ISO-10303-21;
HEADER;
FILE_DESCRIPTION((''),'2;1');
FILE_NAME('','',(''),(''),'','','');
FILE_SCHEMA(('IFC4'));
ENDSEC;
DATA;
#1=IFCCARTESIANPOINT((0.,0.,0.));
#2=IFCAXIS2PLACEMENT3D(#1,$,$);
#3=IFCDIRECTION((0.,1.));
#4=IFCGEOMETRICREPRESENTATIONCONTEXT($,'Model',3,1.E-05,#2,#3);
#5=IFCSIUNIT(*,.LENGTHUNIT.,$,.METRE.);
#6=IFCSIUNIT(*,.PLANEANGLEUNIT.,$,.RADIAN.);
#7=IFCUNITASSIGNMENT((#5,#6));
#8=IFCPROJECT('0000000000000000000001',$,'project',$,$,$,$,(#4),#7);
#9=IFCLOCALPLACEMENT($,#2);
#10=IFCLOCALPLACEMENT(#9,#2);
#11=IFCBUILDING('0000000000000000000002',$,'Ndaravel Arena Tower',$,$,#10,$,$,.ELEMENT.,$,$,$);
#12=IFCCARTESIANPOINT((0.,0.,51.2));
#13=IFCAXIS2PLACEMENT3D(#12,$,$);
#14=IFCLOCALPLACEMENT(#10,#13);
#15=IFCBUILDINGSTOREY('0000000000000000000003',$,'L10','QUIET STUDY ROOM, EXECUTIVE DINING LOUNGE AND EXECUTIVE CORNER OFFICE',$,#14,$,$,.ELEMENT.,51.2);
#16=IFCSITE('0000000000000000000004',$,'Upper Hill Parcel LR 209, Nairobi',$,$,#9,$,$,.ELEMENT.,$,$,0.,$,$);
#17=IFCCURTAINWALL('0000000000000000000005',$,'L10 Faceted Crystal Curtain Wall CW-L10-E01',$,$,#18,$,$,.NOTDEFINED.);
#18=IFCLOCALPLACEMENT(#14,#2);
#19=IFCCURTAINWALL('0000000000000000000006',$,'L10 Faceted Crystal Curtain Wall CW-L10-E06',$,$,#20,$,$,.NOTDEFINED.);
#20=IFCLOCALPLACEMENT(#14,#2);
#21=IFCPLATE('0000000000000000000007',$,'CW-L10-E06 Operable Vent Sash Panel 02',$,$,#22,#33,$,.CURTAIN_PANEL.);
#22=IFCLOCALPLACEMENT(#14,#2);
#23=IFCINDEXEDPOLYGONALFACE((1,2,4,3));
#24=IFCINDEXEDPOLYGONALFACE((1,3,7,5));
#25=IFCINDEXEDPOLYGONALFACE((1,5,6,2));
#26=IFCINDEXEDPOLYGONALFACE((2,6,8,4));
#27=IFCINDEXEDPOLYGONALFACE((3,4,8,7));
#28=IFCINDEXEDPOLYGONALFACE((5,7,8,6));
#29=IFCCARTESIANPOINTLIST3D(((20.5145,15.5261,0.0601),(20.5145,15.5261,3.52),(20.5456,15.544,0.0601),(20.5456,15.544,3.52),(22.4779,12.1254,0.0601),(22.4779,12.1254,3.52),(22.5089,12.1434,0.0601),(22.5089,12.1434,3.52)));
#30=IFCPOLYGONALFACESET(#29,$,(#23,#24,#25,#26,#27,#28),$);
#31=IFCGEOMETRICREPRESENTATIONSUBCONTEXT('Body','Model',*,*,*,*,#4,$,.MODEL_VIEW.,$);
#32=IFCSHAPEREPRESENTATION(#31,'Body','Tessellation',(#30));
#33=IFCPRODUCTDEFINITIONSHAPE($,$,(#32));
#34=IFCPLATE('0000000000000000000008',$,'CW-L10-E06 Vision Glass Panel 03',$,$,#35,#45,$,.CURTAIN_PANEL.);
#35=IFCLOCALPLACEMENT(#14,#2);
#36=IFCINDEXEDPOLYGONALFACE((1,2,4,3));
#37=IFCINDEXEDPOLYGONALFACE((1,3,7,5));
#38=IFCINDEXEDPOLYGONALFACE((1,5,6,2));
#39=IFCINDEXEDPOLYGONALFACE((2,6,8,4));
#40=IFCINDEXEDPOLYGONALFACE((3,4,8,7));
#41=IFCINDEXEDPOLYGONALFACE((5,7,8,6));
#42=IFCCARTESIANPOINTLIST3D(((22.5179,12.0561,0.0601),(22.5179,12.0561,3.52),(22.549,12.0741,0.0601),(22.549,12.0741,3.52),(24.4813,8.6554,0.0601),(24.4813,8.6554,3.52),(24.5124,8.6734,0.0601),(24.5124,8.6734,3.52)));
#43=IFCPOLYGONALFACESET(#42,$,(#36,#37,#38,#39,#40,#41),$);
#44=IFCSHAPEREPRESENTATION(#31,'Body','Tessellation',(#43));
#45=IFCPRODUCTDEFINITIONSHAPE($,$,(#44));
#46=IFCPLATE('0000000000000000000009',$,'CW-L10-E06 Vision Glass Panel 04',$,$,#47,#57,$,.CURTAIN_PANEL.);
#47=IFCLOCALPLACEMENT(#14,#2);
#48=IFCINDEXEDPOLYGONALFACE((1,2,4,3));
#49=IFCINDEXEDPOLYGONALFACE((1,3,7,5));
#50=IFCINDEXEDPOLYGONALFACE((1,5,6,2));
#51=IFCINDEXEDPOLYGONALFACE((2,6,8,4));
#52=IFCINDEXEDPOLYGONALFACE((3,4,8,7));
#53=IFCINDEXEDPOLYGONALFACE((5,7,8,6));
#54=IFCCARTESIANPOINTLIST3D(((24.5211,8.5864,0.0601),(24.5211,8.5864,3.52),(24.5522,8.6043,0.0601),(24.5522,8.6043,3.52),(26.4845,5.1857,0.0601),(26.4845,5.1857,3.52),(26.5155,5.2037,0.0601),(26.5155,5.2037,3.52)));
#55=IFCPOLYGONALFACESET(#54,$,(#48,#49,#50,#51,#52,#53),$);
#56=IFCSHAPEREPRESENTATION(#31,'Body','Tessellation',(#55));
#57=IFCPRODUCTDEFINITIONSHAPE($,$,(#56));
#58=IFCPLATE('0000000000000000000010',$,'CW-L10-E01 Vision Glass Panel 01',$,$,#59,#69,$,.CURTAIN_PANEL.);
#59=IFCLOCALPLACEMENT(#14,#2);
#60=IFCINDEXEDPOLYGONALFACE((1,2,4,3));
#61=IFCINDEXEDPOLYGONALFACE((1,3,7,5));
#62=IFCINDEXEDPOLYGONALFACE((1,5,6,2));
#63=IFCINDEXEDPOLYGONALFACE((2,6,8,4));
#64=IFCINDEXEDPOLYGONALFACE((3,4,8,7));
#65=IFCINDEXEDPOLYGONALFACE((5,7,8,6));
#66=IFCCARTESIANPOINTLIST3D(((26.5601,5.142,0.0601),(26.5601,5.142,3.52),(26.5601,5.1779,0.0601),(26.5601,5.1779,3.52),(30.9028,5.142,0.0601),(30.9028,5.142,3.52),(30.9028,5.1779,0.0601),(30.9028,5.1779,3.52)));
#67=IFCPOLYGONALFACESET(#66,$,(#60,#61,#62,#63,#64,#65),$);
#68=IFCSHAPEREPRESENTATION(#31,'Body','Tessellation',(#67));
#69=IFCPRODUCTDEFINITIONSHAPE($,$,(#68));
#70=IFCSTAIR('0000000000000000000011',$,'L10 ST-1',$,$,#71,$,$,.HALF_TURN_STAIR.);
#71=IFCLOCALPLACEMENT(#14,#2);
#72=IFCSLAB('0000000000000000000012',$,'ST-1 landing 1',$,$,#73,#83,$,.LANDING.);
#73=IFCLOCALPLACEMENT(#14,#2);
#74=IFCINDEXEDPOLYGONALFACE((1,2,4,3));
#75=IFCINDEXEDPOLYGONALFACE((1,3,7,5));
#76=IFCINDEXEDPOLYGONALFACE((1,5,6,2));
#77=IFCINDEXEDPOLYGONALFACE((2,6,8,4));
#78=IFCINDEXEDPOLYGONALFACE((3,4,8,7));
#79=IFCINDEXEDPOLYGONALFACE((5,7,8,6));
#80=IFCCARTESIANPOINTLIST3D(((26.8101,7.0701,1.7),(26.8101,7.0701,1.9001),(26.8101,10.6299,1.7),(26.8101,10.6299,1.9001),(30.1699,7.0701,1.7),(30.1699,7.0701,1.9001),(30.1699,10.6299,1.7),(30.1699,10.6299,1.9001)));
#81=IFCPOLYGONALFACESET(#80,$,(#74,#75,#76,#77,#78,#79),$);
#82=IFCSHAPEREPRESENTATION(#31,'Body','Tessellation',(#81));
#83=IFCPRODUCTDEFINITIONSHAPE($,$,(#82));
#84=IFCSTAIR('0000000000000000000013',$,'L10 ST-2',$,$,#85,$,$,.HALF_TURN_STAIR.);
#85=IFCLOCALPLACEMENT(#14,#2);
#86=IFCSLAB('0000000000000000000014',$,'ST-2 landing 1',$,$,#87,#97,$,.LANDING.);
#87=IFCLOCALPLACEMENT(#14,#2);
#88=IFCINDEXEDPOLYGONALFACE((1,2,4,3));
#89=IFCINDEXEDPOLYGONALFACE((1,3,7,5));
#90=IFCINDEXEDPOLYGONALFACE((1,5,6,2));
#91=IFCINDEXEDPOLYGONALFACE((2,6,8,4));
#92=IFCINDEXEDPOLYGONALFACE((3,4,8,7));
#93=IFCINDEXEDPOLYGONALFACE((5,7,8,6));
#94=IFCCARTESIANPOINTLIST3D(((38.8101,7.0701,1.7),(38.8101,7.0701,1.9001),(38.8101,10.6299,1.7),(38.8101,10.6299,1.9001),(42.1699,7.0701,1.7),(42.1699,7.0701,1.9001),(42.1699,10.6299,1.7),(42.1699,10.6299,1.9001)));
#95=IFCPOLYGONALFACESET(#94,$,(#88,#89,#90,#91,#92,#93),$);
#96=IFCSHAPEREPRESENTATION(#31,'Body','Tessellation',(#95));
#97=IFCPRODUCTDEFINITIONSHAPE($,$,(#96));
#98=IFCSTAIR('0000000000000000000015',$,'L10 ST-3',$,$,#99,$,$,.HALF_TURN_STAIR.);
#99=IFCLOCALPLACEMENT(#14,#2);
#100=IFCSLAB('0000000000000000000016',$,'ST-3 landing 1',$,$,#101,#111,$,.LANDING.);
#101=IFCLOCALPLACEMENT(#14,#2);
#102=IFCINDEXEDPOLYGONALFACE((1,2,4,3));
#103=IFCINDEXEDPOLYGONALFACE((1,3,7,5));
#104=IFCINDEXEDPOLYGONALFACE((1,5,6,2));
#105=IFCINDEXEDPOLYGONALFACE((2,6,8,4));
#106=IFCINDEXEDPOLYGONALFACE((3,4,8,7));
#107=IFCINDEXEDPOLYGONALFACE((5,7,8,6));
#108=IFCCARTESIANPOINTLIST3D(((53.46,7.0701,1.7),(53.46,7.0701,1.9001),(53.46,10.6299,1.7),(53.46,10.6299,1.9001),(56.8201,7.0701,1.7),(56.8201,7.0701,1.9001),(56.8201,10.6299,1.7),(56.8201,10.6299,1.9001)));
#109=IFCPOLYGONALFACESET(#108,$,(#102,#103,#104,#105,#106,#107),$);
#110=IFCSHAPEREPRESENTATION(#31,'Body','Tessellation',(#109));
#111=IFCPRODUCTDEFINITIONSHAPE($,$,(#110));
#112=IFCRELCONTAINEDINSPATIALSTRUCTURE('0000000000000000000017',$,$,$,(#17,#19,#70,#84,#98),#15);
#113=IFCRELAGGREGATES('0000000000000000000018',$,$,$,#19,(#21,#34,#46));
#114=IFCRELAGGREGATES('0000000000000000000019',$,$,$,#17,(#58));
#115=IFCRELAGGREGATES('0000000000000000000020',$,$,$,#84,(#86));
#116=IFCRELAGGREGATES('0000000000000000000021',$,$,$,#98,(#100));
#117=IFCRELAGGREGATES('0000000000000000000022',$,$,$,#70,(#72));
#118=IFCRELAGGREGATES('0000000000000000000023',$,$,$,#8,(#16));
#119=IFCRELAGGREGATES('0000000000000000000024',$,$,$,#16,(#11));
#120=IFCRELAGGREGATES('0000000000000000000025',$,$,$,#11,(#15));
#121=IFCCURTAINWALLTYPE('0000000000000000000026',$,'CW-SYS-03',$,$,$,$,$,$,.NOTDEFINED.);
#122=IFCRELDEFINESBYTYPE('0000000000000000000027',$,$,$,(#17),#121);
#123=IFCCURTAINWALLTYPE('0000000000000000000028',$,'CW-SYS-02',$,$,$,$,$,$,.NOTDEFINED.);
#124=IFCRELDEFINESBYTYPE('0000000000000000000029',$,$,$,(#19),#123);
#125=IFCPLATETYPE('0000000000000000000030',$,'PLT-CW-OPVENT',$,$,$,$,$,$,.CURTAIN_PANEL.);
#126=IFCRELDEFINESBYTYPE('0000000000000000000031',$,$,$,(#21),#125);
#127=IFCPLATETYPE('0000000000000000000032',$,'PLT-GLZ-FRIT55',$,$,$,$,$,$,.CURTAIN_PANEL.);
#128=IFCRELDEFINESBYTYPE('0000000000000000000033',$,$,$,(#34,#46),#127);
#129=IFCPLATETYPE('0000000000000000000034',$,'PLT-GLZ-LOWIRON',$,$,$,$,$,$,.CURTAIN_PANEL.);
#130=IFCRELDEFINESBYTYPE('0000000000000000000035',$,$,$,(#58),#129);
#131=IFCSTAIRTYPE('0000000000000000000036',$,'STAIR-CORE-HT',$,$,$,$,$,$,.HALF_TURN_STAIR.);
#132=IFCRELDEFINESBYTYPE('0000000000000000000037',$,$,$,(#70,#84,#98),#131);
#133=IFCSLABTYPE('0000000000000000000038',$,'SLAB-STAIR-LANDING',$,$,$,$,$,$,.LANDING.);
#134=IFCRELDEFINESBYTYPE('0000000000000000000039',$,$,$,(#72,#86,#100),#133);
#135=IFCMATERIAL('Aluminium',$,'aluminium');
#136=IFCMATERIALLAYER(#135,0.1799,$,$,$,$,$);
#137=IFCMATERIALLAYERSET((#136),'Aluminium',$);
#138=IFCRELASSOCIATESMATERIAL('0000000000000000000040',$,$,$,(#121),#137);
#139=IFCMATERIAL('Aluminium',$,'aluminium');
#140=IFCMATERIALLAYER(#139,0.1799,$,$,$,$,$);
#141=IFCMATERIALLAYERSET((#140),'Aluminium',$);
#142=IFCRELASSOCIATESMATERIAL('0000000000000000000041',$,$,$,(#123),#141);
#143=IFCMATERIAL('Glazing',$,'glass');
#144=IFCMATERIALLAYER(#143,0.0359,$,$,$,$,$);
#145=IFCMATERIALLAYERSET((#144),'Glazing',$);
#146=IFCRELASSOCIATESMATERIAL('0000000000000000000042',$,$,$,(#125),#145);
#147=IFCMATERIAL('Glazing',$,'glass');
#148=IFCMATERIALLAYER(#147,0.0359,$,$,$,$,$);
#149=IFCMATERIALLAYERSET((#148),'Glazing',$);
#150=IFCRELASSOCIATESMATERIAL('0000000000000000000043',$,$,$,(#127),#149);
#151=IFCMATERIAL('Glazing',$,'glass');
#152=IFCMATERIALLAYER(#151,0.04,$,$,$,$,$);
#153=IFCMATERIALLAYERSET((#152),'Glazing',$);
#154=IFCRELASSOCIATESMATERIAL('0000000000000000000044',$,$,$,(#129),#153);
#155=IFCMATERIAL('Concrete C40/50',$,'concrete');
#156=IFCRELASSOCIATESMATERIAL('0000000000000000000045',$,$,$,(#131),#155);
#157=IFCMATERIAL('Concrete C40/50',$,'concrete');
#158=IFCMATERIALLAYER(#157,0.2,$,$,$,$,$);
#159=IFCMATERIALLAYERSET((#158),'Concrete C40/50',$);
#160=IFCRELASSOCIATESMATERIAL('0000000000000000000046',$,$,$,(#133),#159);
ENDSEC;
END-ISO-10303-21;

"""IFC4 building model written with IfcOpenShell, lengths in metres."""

from ifc_helpers import new_model, si_unit, direction, frame, origin, origin_2d, place, context, subcontext, project, spatial, polyline, rectangle, outline, extrude, material, layer, layer_set, type_object, element, aggregate, save


model = new_model("IFC4")

# Units and contexts
model_context = context("Model", 3, precision=1e-05, world=origin(), true_north=direction((0.0, 1.0)))
body_context = subcontext(model_context, "Body", "Model", "MODEL_VIEW")
ifc_project = project(units=[si_unit("LENGTHUNIT", "METRE"), si_unit("PLANEANGLEUNIT", "RADIAN")], contexts=[model_context])

# Site, building, storey
site_placement = place(None, origin())
site = spatial("IfcSite", under=ifc_project, at=site_placement, Name="Upper Hill Parcel LR 209, Nairobi", CompositionType="ELEMENT", RefElevation=0.0)
building_placement = place(site_placement, origin())
building = spatial("IfcBuilding", under=site, at=building_placement, Name="Ndaravel Arena Tower", CompositionType="ELEMENT")
storey_placement = place(building_placement, frame((0.0, 0.0, 51.2)))
storey = spatial("IfcBuildingStorey", under=building, at=storey_placement, Name="L10", Description="QUIET STUDY ROOM, EXECUTIVE DINING LOUNGE AND EXECUTIVE CORNER OFFICE", CompositionType="ELEMENT", Elevation=51.2)

# Curtain wall
ifc_material_1 = material(Name="Aluminium", Category="aluminium")
ifc_layer_1 = layer(ifc_material_1, 0.1799)
ifc_layer_set_1 = layer_set([ifc_layer_1], Name="Aluminium")
curtain_wall_type_1 = type_object("IfcCurtainWallType", Name="CW-SYS-03", PredefinedType="NOTDEFINED", material=ifc_layer_set_1)
curtain_wall_1_placement = place(storey_placement, origin())
curtain_wall_1 = element("IfcCurtainWall", 1, at=curtain_wall_1_placement, inside=storey, type_object=curtain_wall_type_1, Name="L10 Faceted Crystal Curtain Wall CW-L10-E01", PredefinedType="NOTDEFINED")

# Curtain wall
ifc_material_2 = material(Name="Aluminium", Category="aluminium")
ifc_layer_2 = layer(ifc_material_2, 0.1799)
ifc_layer_set_2 = layer_set([ifc_layer_2], Name="Aluminium")
curtain_wall_type_2 = type_object("IfcCurtainWallType", Name="CW-SYS-02", PredefinedType="NOTDEFINED", material=ifc_layer_set_2)
curtain_wall_2_placement = place(storey_placement, origin())
curtain_wall_2 = element("IfcCurtainWall", 2, at=curtain_wall_2_placement, inside=storey, type_object=curtain_wall_type_2, Name="L10 Faceted Crystal Curtain Wall CW-L10-E06", PredefinedType="NOTDEFINED")

# Plates
ifc_material_3 = material(Name="Glazing", Category="glass")
ifc_layer_3 = layer(ifc_material_3, 0.0359)
ifc_layer_set_3 = layer_set([ifc_layer_3], Name="Glazing")
plate_type_1 = type_object("IfcPlateType", Name="PLT-CW-OPVENT", PredefinedType="CURTAIN_PANEL", material=ifc_layer_set_3)
plate_1_placement = place(storey_placement, frame((21.5117, 13.8347, 0.0601), z_axis=(0.0, 0.0, 1.0), x_axis=(0.5, -0.866025, 0.0)))
plate_1 = element("IfcPlate", 3, at=plate_1_placement, type_object=plate_type_1, Name="CW-L10-E06 Operable Vent Sash Panel 02", PredefinedType="CURTAIN_PANEL", context=body_context, shape_type="SweptSolid", body=[
    extrude(rectangle(XDim=3.9268, YDim=0.0359, at=origin_2d()), origin(), (0.0, 0.0, 1.0), 3.46),
])
ifc_material_4 = material(Name="Glazing", Category="glass")
ifc_layer_4 = layer(ifc_material_4, 0.0359)
ifc_layer_set_4 = layer_set([ifc_layer_4], Name="Glazing")
plate_type_2 = type_object("IfcPlateType", Name="PLT-GLZ-FRIT55", PredefinedType="CURTAIN_PANEL", material=ifc_layer_set_4)
plate_2_placement = place(storey_placement, frame((23.5151, 10.3647, 0.0601), z_axis=(0.0, 0.0, 1.0), x_axis=(0.5, -0.866025, 0.0)))
plate_2 = element("IfcPlate", 4, at=plate_2_placement, type_object=plate_type_2, Name="CW-L10-E06 Vision Glass Panel 03", PredefinedType="CURTAIN_PANEL", context=body_context, shape_type="SweptSolid", body=[
    extrude(rectangle(XDim=3.9268, YDim=0.0359, at=origin_2d()), origin(), (0.0, 0.0, 1.0), 3.46),
])
plate_3_placement = place(storey_placement, frame((25.5183, 6.895, 0.0601), z_axis=(0.0, 0.0, 1.0), x_axis=(0.5, -0.866025, 0.0)))
plate_3 = element("IfcPlate", 5, at=plate_3_placement, type_object=plate_type_2, Name="CW-L10-E06 Vision Glass Panel 04", PredefinedType="CURTAIN_PANEL", context=body_context, shape_type="SweptSolid", body=[
    extrude(rectangle(XDim=3.9268, YDim=0.0359, at=origin_2d()), origin(), (0.0, 0.0, 1.0), 3.46),
])
aggregate(curtain_wall_2, [plate_1, plate_2, plate_3])
ifc_material_5 = material(Name="Glazing", Category="glass")
ifc_layer_5 = layer(ifc_material_5, 0.04)
ifc_layer_set_5 = layer_set([ifc_layer_5], Name="Glazing")
plate_type_3 = type_object("IfcPlateType", Name="PLT-GLZ-LOWIRON", PredefinedType="CURTAIN_PANEL", material=ifc_layer_set_5)
plate_4_placement = place(storey_placement, frame((28.7314, 5.1599, 0.0601), z_axis=(0.0, 0.0, 1.0), x_axis=(1.0, 0.0, 0.0)))
plate_4 = element("IfcPlate", 6, at=plate_4_placement, type_object=plate_type_3, Name="CW-L10-E01 Vision Glass Panel 01", PredefinedType="CURTAIN_PANEL", context=body_context, shape_type="SweptSolid", body=[
    extrude(rectangle(XDim=4.3428, YDim=0.0359, at=origin_2d()), origin(), (0.0, 0.0, 1.0), 3.46),
])
aggregate(curtain_wall_1, [plate_4])

# Stairs, slabs
ifc_material_6 = material(Name="Concrete C40/50", Category="concrete")
stair_type = type_object("IfcStairType", Name="STAIR-CORE-HT", PredefinedType="HALF_TURN_STAIR", material=ifc_material_6)
stair_1_placement = place(storey_placement, origin())
stair_1 = element("IfcStair", 7, at=stair_1_placement, inside=storey, type_object=stair_type, Name="L10 ST-1", PredefinedType="HALF_TURN_STAIR")
ifc_material_7 = material(Name="Concrete C40/50", Category="concrete")
ifc_layer_6 = layer(ifc_material_7, 0.2)
ifc_layer_set_6 = layer_set([ifc_layer_6], Name="Concrete C40/50")
slab_type_1 = type_object("IfcSlabType", Name="SLAB-STAIR-LANDING", PredefinedType="LANDING", material=ifc_layer_set_6)
slab_1_placement = place(storey_placement, frame((0.0, 0.0, 1.7)))
slab_1 = element("IfcSlab", 8, at=slab_1_placement, type_object=slab_type_1, Name="ST-1 landing 1", PredefinedType="LANDING", context=body_context, shape_type="SweptSolid", body=[
    extrude(outline(polyline([(26.8101, 10.6299), (26.8101, 7.0701), (30.1699, 7.0701), (30.1699, 10.6299), (26.8101, 10.6299)])), origin(), (0.0, 0.0, 1.0), 0.2002),
])
stair_2_placement = place(storey_placement, origin())
stair_2 = element("IfcStair", 9, at=stair_2_placement, inside=storey, type_object=stair_type, Name="L10 ST-2", PredefinedType="HALF_TURN_STAIR")
slab_2_placement = place(storey_placement, frame((0.0, 0.0, 1.7)))
slab_2 = element("IfcSlab", 10, at=slab_2_placement, type_object=slab_type_1, Name="ST-2 landing 1", PredefinedType="LANDING", context=body_context, shape_type="SweptSolid", body=[
    extrude(outline(polyline([(38.8101, 10.6299), (38.8101, 7.0701), (42.1699, 7.0701), (42.1699, 10.6299), (38.8101, 10.6299)])), origin(), (0.0, 0.0, 1.0), 0.2002),
])
aggregate(stair_2, [slab_2])
stair_3_placement = place(storey_placement, origin())
stair_3 = element("IfcStair", 11, at=stair_3_placement, inside=storey, type_object=stair_type, Name="L10 ST-3", PredefinedType="HALF_TURN_STAIR")
slab_3_placement = place(storey_placement, frame((0.0, 0.0, 1.7)))
slab_3 = element("IfcSlab", 12, at=slab_3_placement, type_object=slab_type_1, Name="ST-3 landing 1", PredefinedType="LANDING", context=body_context, shape_type="SweptSolid", body=[
    extrude(outline(polyline([(53.46, 10.6299), (53.46, 7.0701), (56.8201, 7.0701), (56.8201, 10.6299), (53.46, 10.6299)])), origin(), (0.0, 0.0, 1.0), 0.2002),
])
aggregate(stair_3, [slab_3])

aggregate(stair_1, [slab_1])

save(model, "model.ifc")
